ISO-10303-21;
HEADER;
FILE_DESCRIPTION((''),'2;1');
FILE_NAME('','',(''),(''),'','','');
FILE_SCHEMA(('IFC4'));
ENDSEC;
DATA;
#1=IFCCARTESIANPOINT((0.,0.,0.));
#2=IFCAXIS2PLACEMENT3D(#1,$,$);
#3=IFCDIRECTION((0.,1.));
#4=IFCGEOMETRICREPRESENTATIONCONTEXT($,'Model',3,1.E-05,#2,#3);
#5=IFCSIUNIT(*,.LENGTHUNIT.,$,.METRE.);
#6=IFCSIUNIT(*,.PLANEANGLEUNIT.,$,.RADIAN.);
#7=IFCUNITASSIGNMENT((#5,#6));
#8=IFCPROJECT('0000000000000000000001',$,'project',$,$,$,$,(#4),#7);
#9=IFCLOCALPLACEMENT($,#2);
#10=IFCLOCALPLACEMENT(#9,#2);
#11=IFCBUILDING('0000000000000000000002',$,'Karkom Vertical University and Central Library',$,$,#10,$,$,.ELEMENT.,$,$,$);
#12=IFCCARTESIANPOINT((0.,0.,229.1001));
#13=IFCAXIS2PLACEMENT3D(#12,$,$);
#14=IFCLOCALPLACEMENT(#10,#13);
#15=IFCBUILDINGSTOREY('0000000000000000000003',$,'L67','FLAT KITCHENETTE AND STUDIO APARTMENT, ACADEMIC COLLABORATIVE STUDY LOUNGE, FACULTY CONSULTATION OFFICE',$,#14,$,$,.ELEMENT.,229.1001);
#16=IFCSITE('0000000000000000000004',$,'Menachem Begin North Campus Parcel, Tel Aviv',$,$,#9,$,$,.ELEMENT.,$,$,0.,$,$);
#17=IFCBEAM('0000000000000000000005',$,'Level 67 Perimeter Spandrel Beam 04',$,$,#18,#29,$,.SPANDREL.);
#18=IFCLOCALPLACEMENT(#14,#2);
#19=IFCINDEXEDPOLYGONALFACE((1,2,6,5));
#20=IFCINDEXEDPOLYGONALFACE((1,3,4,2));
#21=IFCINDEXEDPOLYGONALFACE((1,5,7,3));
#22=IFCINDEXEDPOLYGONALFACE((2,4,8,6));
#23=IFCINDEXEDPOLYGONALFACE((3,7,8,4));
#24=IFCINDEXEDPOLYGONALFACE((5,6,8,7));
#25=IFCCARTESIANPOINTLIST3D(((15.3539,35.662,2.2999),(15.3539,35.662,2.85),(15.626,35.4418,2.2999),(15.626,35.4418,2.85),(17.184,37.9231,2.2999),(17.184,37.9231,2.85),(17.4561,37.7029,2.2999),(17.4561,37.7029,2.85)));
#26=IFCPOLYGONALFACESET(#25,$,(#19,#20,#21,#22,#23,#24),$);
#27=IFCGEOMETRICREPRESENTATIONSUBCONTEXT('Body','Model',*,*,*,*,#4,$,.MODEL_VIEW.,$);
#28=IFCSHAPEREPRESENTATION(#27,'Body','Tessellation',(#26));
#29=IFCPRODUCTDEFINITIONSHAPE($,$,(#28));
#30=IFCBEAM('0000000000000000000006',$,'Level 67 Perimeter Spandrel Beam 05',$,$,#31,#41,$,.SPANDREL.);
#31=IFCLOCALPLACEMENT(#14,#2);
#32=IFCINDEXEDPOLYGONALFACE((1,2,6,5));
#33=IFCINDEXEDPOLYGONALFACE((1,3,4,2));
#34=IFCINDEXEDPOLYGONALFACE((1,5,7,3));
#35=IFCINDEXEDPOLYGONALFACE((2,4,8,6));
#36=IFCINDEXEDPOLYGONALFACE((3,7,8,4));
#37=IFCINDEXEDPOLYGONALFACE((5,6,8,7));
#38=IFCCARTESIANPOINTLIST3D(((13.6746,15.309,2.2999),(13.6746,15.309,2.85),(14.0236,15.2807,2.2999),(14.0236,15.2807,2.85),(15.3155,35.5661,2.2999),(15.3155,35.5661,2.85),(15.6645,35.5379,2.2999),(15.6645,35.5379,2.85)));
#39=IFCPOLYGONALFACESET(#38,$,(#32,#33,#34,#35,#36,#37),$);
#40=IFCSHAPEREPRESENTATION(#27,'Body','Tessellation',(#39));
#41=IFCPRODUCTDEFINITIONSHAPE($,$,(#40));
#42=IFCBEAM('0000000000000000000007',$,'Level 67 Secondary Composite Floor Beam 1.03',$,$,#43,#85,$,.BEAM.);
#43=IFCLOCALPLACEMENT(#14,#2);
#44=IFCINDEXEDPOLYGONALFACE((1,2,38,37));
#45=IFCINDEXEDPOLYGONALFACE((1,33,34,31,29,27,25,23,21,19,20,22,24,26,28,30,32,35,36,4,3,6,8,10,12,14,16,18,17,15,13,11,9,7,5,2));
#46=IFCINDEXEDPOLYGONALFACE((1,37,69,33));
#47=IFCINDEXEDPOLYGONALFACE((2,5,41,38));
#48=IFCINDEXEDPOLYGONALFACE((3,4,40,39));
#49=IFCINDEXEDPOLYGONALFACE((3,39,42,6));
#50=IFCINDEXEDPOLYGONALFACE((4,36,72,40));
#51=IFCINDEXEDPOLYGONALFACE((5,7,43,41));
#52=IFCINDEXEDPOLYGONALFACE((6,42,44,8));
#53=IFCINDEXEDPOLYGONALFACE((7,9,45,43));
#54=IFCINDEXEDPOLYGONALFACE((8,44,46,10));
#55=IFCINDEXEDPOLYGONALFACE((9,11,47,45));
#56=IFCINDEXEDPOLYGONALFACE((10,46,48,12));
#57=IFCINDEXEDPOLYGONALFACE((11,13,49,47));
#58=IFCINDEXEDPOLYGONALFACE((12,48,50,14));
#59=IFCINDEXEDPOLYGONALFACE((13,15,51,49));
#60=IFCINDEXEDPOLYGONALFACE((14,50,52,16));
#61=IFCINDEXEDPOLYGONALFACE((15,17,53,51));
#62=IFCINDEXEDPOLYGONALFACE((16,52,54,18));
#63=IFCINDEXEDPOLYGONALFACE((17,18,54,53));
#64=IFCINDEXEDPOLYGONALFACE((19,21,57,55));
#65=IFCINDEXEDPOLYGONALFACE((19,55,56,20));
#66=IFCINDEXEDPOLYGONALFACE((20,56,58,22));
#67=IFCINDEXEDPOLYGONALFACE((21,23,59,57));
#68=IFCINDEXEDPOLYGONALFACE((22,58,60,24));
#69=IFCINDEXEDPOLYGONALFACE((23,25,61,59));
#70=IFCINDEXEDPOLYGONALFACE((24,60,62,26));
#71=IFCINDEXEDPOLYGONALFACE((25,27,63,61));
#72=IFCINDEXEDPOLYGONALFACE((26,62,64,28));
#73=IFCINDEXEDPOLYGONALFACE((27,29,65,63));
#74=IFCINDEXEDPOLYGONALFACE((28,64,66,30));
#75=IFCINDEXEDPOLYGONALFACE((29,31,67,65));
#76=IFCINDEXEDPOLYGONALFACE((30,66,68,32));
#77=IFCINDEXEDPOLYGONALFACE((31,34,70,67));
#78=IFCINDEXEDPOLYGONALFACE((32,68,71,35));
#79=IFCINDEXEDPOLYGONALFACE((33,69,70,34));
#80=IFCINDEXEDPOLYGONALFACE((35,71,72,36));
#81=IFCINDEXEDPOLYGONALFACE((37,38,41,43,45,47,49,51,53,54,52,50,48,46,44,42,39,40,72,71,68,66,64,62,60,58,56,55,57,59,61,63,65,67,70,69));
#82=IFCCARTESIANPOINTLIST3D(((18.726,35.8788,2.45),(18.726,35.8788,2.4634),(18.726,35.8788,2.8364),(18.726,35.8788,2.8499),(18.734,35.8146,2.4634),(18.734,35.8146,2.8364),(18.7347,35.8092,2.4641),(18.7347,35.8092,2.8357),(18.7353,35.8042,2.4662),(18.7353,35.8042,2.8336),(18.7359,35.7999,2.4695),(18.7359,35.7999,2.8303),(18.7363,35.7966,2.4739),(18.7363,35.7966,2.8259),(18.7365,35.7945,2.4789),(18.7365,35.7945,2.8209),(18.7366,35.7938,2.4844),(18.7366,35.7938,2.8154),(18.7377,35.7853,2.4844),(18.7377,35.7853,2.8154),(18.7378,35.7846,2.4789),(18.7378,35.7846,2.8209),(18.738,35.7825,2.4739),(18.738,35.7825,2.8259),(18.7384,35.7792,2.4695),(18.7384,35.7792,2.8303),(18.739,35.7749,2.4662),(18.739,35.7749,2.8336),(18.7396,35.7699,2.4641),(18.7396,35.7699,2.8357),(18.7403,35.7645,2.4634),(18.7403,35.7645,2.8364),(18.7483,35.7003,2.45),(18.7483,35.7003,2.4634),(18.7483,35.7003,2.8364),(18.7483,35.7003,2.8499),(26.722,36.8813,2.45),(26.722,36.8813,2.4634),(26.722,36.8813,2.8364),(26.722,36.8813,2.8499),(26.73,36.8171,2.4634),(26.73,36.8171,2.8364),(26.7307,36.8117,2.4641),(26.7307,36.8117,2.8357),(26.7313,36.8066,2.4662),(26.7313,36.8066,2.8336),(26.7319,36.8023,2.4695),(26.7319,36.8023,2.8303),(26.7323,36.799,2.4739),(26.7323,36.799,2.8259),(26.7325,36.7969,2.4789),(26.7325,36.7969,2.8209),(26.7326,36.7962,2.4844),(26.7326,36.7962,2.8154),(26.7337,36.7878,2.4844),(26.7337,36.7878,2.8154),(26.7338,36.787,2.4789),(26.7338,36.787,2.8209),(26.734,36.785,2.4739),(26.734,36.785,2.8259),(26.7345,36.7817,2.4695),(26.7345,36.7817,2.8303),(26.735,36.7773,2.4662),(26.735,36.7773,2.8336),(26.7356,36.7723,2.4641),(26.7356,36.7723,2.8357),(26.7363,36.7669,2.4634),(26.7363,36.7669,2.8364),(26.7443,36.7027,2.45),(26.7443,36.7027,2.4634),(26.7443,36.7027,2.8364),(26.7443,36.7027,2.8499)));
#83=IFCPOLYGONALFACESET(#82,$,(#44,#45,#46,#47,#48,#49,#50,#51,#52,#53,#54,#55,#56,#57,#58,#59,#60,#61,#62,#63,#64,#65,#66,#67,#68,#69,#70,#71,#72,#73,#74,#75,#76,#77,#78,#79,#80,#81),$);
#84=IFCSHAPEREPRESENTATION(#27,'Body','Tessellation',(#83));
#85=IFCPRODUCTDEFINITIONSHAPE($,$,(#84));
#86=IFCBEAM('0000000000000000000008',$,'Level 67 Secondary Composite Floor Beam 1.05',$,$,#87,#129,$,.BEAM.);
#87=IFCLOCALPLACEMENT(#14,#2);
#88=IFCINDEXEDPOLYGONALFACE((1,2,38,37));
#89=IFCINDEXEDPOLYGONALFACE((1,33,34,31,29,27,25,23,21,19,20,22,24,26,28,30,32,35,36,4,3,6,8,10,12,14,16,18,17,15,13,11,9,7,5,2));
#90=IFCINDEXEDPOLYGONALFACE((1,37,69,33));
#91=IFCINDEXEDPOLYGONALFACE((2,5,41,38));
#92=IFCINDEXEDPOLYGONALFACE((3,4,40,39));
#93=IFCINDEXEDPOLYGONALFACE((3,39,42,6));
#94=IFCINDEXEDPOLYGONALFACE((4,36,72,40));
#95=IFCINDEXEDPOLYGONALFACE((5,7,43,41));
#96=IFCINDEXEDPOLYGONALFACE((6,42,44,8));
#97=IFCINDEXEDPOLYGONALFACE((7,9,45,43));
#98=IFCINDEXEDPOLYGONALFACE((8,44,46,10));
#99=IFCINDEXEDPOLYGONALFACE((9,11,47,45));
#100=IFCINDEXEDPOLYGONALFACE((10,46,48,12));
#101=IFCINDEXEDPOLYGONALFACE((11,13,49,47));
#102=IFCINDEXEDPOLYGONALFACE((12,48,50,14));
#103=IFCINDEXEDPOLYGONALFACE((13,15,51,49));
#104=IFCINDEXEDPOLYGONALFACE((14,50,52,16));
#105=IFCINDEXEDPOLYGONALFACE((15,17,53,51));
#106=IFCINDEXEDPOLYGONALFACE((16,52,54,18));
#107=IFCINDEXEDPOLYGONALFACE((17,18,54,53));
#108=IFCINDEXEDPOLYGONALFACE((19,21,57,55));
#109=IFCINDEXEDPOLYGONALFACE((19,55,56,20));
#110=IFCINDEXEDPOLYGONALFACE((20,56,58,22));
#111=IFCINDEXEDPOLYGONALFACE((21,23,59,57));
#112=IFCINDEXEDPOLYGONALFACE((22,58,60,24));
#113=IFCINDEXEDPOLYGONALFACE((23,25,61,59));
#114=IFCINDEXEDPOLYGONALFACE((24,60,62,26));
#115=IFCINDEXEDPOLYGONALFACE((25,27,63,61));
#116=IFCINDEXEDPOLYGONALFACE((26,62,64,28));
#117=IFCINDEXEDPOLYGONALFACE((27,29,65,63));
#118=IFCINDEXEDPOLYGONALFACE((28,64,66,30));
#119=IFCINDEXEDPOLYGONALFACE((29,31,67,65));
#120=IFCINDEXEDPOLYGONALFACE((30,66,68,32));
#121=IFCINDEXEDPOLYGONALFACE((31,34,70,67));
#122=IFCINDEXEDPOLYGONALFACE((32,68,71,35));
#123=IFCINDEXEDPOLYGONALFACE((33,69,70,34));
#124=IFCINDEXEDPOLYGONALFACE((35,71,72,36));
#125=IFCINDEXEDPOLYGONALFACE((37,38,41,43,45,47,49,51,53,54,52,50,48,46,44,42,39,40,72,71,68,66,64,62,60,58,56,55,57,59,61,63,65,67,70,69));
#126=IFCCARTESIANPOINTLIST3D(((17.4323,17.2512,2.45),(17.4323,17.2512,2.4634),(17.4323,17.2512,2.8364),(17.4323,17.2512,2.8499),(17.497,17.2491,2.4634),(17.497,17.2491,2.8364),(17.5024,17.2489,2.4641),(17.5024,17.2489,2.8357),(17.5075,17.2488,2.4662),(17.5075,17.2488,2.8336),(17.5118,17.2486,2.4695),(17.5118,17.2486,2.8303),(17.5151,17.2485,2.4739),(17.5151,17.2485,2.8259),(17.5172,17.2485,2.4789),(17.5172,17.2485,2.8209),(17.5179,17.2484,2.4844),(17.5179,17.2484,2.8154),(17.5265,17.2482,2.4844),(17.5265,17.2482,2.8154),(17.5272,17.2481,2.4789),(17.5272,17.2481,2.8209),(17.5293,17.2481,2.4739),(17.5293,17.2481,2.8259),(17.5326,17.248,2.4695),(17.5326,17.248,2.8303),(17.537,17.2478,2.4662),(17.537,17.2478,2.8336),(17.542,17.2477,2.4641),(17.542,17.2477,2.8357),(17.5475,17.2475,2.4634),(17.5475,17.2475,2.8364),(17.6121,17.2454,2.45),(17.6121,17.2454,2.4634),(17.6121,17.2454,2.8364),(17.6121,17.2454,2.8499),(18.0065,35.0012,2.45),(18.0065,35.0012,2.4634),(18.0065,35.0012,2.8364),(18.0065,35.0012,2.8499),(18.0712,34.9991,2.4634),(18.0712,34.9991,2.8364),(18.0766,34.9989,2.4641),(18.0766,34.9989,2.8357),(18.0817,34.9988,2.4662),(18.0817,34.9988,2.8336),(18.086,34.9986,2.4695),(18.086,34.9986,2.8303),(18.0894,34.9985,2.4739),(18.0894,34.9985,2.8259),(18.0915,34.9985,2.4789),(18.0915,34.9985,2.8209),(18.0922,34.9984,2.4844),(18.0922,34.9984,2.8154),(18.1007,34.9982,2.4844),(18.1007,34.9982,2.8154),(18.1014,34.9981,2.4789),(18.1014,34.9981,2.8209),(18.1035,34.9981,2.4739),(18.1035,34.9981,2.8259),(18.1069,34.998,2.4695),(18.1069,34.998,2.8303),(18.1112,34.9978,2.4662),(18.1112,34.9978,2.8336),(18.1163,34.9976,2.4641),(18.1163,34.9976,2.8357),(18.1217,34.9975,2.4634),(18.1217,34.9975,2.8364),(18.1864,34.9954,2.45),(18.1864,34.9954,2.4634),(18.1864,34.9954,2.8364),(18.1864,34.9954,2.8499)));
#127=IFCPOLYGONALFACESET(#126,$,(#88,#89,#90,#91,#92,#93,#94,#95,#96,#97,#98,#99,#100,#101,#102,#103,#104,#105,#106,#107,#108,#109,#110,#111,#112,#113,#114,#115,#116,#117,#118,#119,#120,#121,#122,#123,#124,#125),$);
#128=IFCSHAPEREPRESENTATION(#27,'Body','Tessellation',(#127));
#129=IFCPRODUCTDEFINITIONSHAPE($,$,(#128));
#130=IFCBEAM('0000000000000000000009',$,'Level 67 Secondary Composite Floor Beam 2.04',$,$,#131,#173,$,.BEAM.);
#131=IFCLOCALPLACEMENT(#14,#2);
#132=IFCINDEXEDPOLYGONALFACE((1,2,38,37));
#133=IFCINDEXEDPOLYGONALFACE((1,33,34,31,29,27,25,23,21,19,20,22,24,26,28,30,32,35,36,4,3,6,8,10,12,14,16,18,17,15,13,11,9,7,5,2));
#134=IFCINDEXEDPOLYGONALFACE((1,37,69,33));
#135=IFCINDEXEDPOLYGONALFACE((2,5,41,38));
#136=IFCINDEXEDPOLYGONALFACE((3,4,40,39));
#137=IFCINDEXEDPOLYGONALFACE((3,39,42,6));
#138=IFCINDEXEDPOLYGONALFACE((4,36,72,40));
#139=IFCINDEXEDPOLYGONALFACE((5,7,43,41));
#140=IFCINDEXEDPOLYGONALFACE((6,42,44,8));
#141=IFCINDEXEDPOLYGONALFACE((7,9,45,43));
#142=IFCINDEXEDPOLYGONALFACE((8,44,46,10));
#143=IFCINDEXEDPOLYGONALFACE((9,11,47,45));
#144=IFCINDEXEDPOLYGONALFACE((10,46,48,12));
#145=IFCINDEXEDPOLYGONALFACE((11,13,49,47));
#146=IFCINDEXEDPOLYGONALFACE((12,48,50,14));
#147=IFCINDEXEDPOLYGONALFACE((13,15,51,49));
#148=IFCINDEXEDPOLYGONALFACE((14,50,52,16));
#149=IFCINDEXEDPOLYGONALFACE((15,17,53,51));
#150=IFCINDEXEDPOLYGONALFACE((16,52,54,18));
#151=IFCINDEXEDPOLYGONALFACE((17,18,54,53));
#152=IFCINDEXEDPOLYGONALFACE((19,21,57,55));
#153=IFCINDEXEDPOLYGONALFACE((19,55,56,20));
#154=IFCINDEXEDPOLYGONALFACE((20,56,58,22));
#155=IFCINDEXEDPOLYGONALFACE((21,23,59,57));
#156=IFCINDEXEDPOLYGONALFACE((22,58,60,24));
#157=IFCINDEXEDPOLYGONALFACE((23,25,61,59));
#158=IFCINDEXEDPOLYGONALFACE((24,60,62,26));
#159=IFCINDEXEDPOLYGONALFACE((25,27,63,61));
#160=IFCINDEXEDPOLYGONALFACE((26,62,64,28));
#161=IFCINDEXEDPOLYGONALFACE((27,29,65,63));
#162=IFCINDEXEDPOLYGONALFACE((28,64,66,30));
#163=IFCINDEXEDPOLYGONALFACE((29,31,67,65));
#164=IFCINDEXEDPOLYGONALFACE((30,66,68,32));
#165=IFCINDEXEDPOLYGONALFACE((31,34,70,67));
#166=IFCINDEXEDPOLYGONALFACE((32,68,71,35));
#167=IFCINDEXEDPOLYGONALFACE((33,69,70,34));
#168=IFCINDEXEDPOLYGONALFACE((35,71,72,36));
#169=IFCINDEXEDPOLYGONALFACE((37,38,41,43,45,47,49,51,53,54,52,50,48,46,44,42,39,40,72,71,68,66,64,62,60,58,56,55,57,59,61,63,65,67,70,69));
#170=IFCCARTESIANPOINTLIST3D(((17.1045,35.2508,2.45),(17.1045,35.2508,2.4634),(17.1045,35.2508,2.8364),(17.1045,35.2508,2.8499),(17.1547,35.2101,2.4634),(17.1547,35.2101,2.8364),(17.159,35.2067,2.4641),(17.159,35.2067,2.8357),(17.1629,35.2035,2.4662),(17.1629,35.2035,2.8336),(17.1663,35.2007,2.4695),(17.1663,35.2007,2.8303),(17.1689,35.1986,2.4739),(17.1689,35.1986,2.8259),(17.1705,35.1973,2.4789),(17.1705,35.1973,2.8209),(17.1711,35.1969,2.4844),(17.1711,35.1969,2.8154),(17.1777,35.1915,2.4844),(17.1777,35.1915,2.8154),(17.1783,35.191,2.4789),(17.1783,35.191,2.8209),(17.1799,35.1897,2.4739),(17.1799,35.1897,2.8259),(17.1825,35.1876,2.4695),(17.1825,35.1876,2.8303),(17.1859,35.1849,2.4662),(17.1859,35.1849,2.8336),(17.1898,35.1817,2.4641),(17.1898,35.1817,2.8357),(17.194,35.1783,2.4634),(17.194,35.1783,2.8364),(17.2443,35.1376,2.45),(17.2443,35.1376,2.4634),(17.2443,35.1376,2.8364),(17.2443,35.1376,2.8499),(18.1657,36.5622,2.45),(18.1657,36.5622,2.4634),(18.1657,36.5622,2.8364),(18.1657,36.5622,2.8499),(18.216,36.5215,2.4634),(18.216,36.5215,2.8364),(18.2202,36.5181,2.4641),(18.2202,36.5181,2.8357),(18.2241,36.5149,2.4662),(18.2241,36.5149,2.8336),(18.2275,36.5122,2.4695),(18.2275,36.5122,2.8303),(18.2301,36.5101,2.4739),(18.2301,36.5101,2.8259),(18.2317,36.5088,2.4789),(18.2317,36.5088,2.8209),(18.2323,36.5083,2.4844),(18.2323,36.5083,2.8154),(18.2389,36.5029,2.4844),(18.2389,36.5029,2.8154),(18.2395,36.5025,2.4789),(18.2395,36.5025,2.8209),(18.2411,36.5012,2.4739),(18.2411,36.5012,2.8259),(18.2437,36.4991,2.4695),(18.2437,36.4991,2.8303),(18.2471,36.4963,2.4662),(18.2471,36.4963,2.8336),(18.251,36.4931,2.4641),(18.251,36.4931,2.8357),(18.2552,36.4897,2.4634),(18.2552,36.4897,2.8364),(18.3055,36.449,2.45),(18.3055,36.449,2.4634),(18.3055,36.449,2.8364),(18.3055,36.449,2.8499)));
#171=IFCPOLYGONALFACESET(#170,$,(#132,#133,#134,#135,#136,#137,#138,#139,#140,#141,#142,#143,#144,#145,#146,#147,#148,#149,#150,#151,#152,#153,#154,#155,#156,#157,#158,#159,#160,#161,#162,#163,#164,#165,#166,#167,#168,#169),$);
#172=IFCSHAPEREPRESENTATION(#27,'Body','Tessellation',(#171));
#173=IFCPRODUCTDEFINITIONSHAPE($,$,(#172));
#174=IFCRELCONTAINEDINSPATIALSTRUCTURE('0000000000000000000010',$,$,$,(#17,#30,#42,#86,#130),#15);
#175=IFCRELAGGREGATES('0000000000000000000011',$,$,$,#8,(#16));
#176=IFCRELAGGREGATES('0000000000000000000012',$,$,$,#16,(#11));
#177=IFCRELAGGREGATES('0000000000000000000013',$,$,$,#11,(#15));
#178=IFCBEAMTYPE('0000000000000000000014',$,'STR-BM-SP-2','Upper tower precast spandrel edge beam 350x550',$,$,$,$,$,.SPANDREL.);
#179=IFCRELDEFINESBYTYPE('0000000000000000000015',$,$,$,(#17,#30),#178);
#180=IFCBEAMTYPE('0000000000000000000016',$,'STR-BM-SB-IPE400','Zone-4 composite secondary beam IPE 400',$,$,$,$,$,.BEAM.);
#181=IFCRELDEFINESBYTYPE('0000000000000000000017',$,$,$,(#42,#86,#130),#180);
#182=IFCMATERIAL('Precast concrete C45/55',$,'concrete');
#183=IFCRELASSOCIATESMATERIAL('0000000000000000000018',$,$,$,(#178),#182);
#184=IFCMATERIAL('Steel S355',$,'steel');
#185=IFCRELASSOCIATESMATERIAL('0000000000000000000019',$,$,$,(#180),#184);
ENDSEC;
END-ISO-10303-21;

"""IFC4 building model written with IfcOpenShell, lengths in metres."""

from ifc_helpers import new_model, si_unit, direction, frame, origin, origin_with_axes, origin_2d, place, context, subcontext, project, spatial, rectangle, i_section, extrude, source, transform, mapped, material, material_profile, profile_set, type_object, element, save


model = new_model("IFC4")

# Units and contexts
model_context = context("Model", 3, precision=1e-05, world=origin(), true_north=direction((0.0, 1.0)))
body_context = subcontext(model_context, "Body", "Model", "MODEL_VIEW")
ifc_project = project(units=[si_unit("LENGTHUNIT", "METRE"), si_unit("PLANEANGLEUNIT", "RADIAN")], contexts=[model_context])

# Site, building, storey
site_placement = place(None, origin())
site = spatial("IfcSite", under=ifc_project, at=site_placement, Name="Menachem Begin North Campus Parcel, Tel Aviv", CompositionType="ELEMENT", RefElevation=0.0)
building_placement = place(site_placement, origin())
building = spatial("IfcBuilding", under=site, at=building_placement, Name="Karkom Vertical University and Central Library", CompositionType="ELEMENT")
storey_placement = place(building_placement, frame((0.0, 0.0, 229.1001)))
storey = spatial("IfcBuildingStorey", under=building, at=storey_placement, Name="L67", Description="FLAT KITCHENETTE AND STUDIO APARTMENT, ACADEMIC COLLABORATIVE STUDY LOUNGE, FACULTY CONSULTATION OFFICE", CompositionType="ELEMENT", Elevation=229.1001)

# Beams
ifc_material_1 = material(Name="Precast concrete C45/55", Category="concrete")
ifc_material_profile_1 = material_profile(ifc_material_1, rectangle(XDim=0.3501, YDim=0.55, at=origin_2d()), Name="SPB-350x550")
ifc_profile_set_1 = profile_set([ifc_material_profile_1], Name="Precast concrete C45/55")
beam_type_1 = type_object("IfcBeamType", Name="STR-BM-SP-2", Description="Upper tower precast spandrel edge beam 350x550", PredefinedType="SPANDREL", material=ifc_profile_set_1)
shared_shape_1 = source(origin_with_axes(), body_context, "Body", "SweptSolid", [
    extrude(rectangle(XDim=0.3501, YDim=0.55, at=origin_2d()), origin(), (0.0, 0.0, 1.0), 2.9089),
])
beam_1_placement = place(storey_placement, frame((17.3201, 37.813, 2.575), z_axis=(-0.629148, -0.777286, 0.0), x_axis=(0.777286, -0.629148, 0.0)))
element("IfcBeam", 1, at=beam_1_placement, inside=storey, type_object=beam_type_1, Name="Level 67 Perimeter Spandrel Beam 04", PredefinedType="SPANDREL", context=body_context, shape_type="MappedRepresentation", body=[
    mapped(shared_shape_1, transform((0.0, 0.0, 0.0), scale=1.0)),
])
shared_shape_2 = source(origin_with_axes(), body_context, "Body", "SweptSolid", [
    extrude(rectangle(XDim=0.3501, YDim=0.55, at=origin_2d()), origin(), (0.0, 0.0, 1.0), 20.3235),
])
beam_2_placement = place(storey_placement, frame((15.49, 35.552, 2.575), z_axis=(-0.080738, -0.996735, 0.0), x_axis=(0.996735, -0.080738, 0.0)))
element("IfcBeam", 2, at=beam_2_placement, inside=storey, type_object=beam_type_1, Name="Level 67 Perimeter Spandrel Beam 05", PredefinedType="SPANDREL", context=body_context, shape_type="MappedRepresentation", body=[
    mapped(shared_shape_2, transform((0.0, 0.0, 0.0), scale=1.0)),
])
ifc_material_2 = material(Name="Steel S355", Category="steel")
ifc_material_profile_2 = material_profile(ifc_material_2, i_section(OverallWidth=0.1799, OverallDepth=0.3999, WebThickness=0.0085, FlangeThickness=0.0134, FilletRadius=0.021, at=origin_2d()), Name="IPE 400")
ifc_profile_set_2 = profile_set([ifc_material_profile_2], Name="Steel S355")
beam_type_2 = type_object("IfcBeamType", Name="STR-BM-SB-IPE400", Description="Zone-4 composite secondary beam IPE 400", PredefinedType="BEAM", material=ifc_profile_set_2)
shared_shape_3 = source(origin_with_axes(), body_context, "Body", "SweptSolid", [
    extrude(i_section(OverallWidth=0.1799, OverallDepth=0.3999, WebThickness=0.0085, FlangeThickness=0.0134, FilletRadius=0.021, at=origin_2d()), origin(), (0.0, 0.0, 1.0), 8.0586),
])
beam_3_placement = place(storey_placement, frame((26.7332, 36.792, 2.6499), z_axis=(-0.992233, -0.124393, 0.0), x_axis=(0.124393, -0.992233, 0.0)))
element("IfcBeam", 3, at=beam_3_placement, inside=storey, type_object=beam_type_2, Name="Level 67 Secondary Composite Floor Beam 1.03", PredefinedType="BEAM", context=body_context, shape_type="MappedRepresentation", body=[
    mapped(shared_shape_3, transform((0.0, 0.0, 0.0), scale=1.0)),
])
shared_shape_4 = source(origin_with_axes(), body_context, "Body", "SweptSolid", [
    extrude(i_section(OverallWidth=0.1799, OverallDepth=0.3999, WebThickness=0.0085, FlangeThickness=0.0134, FilletRadius=0.021, at=origin_2d()), origin(), (0.0, 0.0, 1.0), 17.7593),
])
beam_4_placement = place(storey_placement, frame((18.0964, 34.9983, 2.6499), z_axis=(-0.032333, -0.999477, 0.0), x_axis=(0.999477, -0.032333, 0.0)))
element("IfcBeam", 4, at=beam_4_placement, inside=storey, type_object=beam_type_2, Name="Level 67 Secondary Composite Floor Beam 1.05", PredefinedType="BEAM", context=body_context, shape_type="MappedRepresentation", body=[
    mapped(shared_shape_4, transform((0.0, 0.0, 0.0), scale=1.0)),
])
shared_shape_5 = source(origin_with_axes(), body_context, "Body", "SweptSolid", [
    extrude(i_section(OverallWidth=0.1799, OverallDepth=0.3999, WebThickness=0.0085, FlangeThickness=0.0134, FilletRadius=0.021, at=origin_2d()), origin(), (0.0, 0.0, 1.0), 1.687),
])
beam_5_placement = place(storey_placement, frame((18.2356, 36.5056, 2.6499), z_axis=(-0.629044, -0.77737, 0.0), x_axis=(0.77737, -0.629044, 0.0)))
element("IfcBeam", 5, at=beam_5_placement, inside=storey, type_object=beam_type_2, Name="Level 67 Secondary Composite Floor Beam 2.04", PredefinedType="BEAM", context=body_context, shape_type="MappedRepresentation", body=[
    mapped(shared_shape_5, transform((0.0, 0.0, 0.0), scale=1.0)),
])

save(model, "model.ifc")
